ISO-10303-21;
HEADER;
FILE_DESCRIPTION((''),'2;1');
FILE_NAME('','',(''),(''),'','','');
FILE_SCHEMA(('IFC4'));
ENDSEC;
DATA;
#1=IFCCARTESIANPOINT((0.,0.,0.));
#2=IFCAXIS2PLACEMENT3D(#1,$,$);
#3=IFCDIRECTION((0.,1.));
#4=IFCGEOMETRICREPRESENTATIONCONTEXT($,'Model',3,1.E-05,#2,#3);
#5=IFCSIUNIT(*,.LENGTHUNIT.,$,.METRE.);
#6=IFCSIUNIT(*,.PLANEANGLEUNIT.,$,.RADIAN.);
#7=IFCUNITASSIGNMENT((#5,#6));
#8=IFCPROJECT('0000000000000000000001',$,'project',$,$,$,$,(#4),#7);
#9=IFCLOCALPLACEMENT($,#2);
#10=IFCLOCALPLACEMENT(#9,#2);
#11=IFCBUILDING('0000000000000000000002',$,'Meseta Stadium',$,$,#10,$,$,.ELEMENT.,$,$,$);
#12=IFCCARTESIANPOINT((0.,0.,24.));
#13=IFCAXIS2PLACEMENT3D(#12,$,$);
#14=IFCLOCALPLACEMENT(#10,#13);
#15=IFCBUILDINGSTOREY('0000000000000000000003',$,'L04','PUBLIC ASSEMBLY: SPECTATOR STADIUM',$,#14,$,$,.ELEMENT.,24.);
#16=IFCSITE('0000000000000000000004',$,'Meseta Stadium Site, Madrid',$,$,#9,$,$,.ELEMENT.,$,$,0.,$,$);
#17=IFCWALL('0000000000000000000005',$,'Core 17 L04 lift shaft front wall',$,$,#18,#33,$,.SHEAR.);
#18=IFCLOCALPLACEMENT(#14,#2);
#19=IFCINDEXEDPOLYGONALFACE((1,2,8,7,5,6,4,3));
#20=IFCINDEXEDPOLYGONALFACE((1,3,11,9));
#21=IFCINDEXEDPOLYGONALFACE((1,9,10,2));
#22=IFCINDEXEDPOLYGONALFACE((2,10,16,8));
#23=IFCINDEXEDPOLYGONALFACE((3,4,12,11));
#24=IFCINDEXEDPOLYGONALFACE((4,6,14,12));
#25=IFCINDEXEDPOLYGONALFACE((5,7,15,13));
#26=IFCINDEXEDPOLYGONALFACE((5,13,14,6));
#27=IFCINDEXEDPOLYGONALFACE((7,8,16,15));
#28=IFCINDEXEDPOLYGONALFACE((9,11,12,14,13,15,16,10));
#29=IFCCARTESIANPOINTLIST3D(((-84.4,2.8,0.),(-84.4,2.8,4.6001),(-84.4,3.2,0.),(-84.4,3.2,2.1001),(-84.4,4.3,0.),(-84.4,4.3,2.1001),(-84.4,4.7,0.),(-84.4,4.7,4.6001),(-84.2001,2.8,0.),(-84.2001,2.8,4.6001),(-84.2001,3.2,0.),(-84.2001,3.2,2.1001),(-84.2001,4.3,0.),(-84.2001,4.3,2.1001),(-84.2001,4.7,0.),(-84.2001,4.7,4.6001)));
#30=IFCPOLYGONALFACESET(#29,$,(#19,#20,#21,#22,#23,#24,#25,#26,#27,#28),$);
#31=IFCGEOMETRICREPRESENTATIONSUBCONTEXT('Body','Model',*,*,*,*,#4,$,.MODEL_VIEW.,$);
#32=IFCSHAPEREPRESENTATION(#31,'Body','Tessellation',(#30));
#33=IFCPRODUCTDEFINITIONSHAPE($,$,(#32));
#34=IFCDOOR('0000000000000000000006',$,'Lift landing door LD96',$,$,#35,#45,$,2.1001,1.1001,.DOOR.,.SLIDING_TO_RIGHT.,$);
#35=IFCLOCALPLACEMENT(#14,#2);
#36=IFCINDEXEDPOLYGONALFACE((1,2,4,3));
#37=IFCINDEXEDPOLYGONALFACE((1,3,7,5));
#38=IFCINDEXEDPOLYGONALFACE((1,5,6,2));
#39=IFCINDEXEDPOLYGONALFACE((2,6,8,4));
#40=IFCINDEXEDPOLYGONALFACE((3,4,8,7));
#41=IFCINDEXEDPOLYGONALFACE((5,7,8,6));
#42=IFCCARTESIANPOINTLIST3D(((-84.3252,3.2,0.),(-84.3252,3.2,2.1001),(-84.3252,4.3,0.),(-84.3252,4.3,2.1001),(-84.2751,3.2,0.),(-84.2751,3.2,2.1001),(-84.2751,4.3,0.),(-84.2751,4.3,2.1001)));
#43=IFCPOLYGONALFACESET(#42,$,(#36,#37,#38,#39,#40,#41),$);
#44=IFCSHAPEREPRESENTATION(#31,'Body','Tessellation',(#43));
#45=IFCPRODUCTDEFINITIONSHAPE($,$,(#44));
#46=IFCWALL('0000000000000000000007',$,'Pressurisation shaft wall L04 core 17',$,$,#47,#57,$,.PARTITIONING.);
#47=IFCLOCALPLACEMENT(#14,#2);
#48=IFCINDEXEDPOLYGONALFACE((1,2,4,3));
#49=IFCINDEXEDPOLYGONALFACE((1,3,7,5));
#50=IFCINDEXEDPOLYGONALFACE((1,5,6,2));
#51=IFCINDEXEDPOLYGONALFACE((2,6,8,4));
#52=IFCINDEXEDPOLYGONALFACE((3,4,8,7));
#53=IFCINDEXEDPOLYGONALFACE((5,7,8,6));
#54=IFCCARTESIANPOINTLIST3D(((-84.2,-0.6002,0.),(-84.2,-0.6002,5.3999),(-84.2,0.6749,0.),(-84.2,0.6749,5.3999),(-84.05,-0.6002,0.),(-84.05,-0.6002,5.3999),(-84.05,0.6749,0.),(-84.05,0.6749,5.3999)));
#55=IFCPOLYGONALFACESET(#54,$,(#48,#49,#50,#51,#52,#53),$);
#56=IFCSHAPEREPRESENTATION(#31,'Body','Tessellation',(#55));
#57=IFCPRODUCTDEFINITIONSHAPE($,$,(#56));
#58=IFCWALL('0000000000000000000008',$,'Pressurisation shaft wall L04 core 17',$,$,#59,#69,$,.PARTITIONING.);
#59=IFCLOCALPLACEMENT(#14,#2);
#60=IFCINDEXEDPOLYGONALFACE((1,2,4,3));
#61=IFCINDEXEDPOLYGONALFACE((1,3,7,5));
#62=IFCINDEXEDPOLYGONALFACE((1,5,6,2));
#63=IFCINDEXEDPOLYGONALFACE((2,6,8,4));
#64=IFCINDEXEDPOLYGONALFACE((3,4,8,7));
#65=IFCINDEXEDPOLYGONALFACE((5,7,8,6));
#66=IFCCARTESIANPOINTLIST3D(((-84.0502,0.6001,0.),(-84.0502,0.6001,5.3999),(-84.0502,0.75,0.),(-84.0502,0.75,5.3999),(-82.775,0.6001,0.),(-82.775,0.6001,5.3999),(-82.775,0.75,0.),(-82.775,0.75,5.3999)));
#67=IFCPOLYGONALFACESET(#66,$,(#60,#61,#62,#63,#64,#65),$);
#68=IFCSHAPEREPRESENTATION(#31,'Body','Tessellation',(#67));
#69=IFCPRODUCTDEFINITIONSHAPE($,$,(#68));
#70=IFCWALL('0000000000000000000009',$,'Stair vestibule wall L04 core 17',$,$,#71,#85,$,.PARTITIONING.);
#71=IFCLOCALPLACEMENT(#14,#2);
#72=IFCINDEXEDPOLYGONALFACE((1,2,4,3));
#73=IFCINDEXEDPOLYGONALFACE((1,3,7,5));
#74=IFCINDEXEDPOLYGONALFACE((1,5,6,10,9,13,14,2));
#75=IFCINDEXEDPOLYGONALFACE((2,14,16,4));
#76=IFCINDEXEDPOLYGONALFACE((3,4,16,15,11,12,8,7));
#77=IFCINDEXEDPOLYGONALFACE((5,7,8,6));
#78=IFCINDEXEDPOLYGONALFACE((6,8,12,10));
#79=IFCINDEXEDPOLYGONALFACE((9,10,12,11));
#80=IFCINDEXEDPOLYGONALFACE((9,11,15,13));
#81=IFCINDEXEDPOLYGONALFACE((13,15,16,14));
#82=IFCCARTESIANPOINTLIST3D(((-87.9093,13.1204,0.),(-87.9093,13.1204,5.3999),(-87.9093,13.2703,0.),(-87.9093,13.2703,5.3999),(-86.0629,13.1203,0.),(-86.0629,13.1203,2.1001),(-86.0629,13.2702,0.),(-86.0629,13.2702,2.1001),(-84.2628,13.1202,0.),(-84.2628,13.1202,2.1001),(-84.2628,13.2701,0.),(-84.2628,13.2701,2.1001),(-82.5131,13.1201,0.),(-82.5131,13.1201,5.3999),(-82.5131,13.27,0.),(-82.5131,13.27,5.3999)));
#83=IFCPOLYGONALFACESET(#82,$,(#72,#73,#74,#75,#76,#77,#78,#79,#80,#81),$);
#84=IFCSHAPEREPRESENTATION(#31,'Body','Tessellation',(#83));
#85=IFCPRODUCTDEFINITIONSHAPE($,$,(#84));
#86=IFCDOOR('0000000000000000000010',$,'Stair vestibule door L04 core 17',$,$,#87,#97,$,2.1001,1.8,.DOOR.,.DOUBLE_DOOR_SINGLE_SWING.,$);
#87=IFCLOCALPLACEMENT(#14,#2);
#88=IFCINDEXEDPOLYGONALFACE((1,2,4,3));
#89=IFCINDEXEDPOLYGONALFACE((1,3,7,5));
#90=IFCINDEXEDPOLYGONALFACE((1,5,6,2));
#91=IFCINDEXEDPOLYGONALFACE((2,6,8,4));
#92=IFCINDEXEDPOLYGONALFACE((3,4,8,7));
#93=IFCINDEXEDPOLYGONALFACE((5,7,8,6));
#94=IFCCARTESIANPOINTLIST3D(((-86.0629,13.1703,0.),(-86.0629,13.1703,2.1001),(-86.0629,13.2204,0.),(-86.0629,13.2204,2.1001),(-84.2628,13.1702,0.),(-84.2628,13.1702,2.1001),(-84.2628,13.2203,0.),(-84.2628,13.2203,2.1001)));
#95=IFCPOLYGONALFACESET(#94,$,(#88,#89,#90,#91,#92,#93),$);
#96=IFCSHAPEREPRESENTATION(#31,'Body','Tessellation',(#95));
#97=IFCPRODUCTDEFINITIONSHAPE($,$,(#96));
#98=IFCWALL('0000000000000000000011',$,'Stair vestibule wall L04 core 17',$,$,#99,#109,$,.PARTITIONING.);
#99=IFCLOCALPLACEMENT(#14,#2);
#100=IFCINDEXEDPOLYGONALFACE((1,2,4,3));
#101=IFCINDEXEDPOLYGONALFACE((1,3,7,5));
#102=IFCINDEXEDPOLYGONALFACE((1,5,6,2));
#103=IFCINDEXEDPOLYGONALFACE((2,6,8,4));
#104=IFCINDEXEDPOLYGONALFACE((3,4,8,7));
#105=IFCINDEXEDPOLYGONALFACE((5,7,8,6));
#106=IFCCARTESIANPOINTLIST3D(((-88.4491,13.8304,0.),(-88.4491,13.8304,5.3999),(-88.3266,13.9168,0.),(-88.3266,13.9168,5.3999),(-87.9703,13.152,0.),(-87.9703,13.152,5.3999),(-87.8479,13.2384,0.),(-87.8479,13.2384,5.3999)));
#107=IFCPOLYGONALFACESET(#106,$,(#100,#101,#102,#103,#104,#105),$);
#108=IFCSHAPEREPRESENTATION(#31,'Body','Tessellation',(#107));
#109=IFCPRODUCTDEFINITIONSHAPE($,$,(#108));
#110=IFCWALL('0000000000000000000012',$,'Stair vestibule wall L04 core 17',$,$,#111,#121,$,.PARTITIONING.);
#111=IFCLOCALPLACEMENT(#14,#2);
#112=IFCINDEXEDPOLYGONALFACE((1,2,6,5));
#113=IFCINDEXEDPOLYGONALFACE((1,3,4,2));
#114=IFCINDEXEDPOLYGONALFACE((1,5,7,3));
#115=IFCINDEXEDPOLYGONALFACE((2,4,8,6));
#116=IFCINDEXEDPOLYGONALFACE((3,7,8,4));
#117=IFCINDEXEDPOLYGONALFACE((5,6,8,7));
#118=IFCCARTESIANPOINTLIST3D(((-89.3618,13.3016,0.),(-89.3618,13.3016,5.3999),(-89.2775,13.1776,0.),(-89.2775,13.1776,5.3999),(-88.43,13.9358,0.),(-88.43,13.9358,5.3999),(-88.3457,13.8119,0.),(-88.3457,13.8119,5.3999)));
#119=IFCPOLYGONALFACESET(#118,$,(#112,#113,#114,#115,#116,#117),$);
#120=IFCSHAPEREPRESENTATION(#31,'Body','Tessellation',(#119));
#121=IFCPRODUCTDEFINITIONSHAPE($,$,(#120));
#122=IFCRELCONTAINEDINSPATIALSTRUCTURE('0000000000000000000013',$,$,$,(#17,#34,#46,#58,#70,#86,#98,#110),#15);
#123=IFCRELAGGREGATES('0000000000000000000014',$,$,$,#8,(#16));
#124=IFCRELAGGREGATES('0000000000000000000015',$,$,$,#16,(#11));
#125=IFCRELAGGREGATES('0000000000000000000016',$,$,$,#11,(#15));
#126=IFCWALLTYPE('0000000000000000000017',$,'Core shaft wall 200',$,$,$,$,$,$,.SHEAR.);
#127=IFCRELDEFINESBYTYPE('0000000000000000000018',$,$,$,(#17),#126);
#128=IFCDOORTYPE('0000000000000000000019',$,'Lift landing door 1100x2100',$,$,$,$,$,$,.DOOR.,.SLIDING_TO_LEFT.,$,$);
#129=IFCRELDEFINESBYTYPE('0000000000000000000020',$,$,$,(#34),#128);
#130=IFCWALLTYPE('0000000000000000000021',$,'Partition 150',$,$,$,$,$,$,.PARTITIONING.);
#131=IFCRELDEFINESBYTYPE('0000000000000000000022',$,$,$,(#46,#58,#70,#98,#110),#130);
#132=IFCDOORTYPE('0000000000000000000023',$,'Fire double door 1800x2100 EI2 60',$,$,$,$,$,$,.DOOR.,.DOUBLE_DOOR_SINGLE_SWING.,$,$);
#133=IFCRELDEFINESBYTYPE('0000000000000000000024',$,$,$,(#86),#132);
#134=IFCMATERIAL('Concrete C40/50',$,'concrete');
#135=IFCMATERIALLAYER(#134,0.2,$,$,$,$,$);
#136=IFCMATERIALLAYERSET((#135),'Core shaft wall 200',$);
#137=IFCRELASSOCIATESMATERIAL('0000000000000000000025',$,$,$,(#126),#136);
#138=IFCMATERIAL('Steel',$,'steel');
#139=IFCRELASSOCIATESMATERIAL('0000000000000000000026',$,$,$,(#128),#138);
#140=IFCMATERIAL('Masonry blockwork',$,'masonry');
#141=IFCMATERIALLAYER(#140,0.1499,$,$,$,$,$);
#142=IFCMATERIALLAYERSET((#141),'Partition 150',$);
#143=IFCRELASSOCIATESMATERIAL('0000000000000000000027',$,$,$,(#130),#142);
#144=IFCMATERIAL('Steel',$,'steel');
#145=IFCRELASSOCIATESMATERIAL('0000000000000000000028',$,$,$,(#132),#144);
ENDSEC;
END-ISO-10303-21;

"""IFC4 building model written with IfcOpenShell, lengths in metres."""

from ifc_helpers import new_model, si_unit, direction, frame, frame_2d, origin, place, context, subcontext, project, spatial, rectangle, extrude, material, layer, layer_set, type_object, element, fill, save


model = new_model("IFC4")

# Units and contexts
model_context = context("Model", 3, precision=1e-05, world=origin(), true_north=direction((0.0, 1.0)))
body_context = subcontext(model_context, "Body", "Model", "MODEL_VIEW")
ifc_project = project(units=[si_unit("LENGTHUNIT", "METRE"), si_unit("PLANEANGLEUNIT", "RADIAN")], contexts=[model_context])

# Site, building, storey
site_placement = place(None, origin())
site = spatial("IfcSite", under=ifc_project, at=site_placement, Name="Meseta Stadium Site, Madrid", CompositionType="ELEMENT", RefElevation=0.0)
building_placement = place(site_placement, origin())
building = spatial("IfcBuilding", under=site, at=building_placement, Name="Meseta Stadium", CompositionType="ELEMENT")
storey_placement = place(building_placement, frame((0.0, 0.0, 24.0)))
storey = spatial("IfcBuildingStorey", under=building, at=storey_placement, Name="L04", Description="PUBLIC ASSEMBLY: SPECTATOR STADIUM", CompositionType="ELEMENT", Elevation=24.0)

# Shared definitions
ifc_material_1 = material(Name="Concrete C40/50", Category="concrete")
ifc_layer_1 = layer(ifc_material_1, 0.2)
ifc_layer_set_1 = layer_set([ifc_layer_1], Name="Core shaft wall 200")
wall_type_1 = type_object("IfcWallType", Name="Core shaft wall 200", PredefinedType="SHEAR", material=ifc_layer_set_1)

# Wall, opening, door
wall_1_placement = place(storey_placement, frame((-84.3, 4.7, 0.0), z_axis=(0.0, 0.0, 1.0), x_axis=(0.0, -1.0, 0.0)))
wall_1 = element("IfcWall", 1, at=wall_1_placement, inside=storey, type_object=wall_type_1, Name="Core 17 L04 lift shaft front wall", PredefinedType="SHEAR", context=body_context, shape_type="SweptSolid", body=[
    extrude(rectangle(XDim=1.8999, YDim=0.2, at=frame_2d((0.95, 0.0))), origin(), (0.0, 0.0, 1.0), 4.6001),
])
opening_1_placement = place(wall_1_placement, frame((0.3999, 0.0, 0.0)))
opening_1 = element("IfcOpeningElement", 2, at=opening_1_placement, cuts=wall_1, PredefinedType="OPENING", context=body_context, shape_type="SweptSolid", body=[
    extrude(rectangle(XDim=1.1001, YDim=2.1001, at=frame_2d((0.55, 1.05))), frame((0.0, 0.1099, 0.0), z_axis=(0.0, -1.0, 0.0), x_axis=(1.0, 0.0, 0.0)), (0.0, 0.0, 1.0), 0.22),
])
ifc_material_2 = material(Name="Steel", Category="steel")
door_type_1 = type_object("IfcDoorType", Name="Lift landing door 1100x2100", OperationType="SLIDING_TO_LEFT", PredefinedType="DOOR", material=ifc_material_2)
door_1_placement = place(opening_1_placement, origin())
door_1 = element("IfcDoor", 3, at=door_1_placement, inside=storey, type_object=door_type_1, Name="Lift landing door LD96", OperationType="SLIDING_TO_RIGHT", OverallHeight=2.1001, OverallWidth=1.1001, PredefinedType="DOOR", context=body_context, shape_type="SweptSolid", body=[
    extrude(rectangle(XDim=1.1001, YDim=2.1001, at=frame_2d((0.55, 1.05))), frame((0.0, 0.0249, 0.0), z_axis=(0.0, -1.0, 0.0), x_axis=(1.0, 0.0, 0.0)), (0.0, 0.0, 1.0), 0.05),
])
fill(opening_1, door_1)

# Walls
ifc_material_3 = material(Name="Masonry blockwork", Category="masonry")
ifc_layer_2 = layer(ifc_material_3, 0.1499)
ifc_layer_set_2 = layer_set([ifc_layer_2], Name="Partition 150")
wall_type_2 = type_object("IfcWallType", Name="Partition 150", PredefinedType="PARTITIONING", material=ifc_layer_set_2)
for number, where, z_axis, x_axis, name in (
    (4, (-84.125, 0.675, 0.0), (0.0, 0.0, 1.0), (0.0, -1.0, 0.0), "Pressurisation shaft wall L04 core 17"),
    (5, (-82.7749, 0.675, 0.0), (0.0, 0.0, 1.0), (-1.0, 0.0, 0.0), "Pressurisation shaft wall L04 core 17"),
):
    element("IfcWall", number, at=place(storey_placement, frame(where, z_axis=z_axis, x_axis=x_axis)), inside=storey, type_object=wall_type_2, Name=name, PredefinedType="PARTITIONING", context=body_context, shape_type="SweptSolid", body=[
        extrude(rectangle(XDim=1.2751, YDim=0.1499, at=frame_2d((0.6377, 0.0))), origin(), (0.0, 0.0, 1.0), 5.3999),
    ])

# Wall, opening, door
wall_2_placement = place(storey_placement, frame((-82.5129, 13.1951, 0.0), z_axis=(0.0, 0.0, 1.0), x_axis=(-1.0, 0.000045, 0.0)))
wall_2 = element("IfcWall", 6, at=wall_2_placement, inside=storey, type_object=wall_type_2, Name="Stair vestibule wall L04 core 17", PredefinedType="PARTITIONING", context=body_context, shape_type="SweptSolid", body=[
    extrude(rectangle(XDim=5.3962, YDim=0.1499, at=frame_2d((2.6982, 0.0))), origin(), (0.0, 0.0, 1.0), 5.3999),
])
opening_2_placement = place(wall_2_placement, frame((1.75, 0.0, 0.0)))
opening_2 = element("IfcOpeningElement", 7, at=opening_2_placement, cuts=wall_2, PredefinedType="OPENING", context=body_context, shape_type="SweptSolid", body=[
    extrude(rectangle(XDim=1.8, YDim=2.1001, at=frame_2d((0.8999, 1.05))), frame((0.0, 0.085, 0.0), z_axis=(0.0, -1.0, 0.0), x_axis=(1.0, 0.0, 0.0)), (0.0, 0.0, 1.0), 0.1699),
])
ifc_material_4 = material(Name="Steel", Category="steel")
door_type_2 = type_object("IfcDoorType", Name="Fire double door 1800x2100 EI2 60", OperationType="DOUBLE_DOOR_SINGLE_SWING", PredefinedType="DOOR", material=ifc_material_4)
door_2_placement = place(opening_2_placement, origin())
door_2 = element("IfcDoor", 8, at=door_2_placement, inside=storey, type_object=door_type_2, Name="Stair vestibule door L04 core 17", OperationType="DOUBLE_DOOR_SINGLE_SWING", OverallHeight=2.1001, OverallWidth=1.8, PredefinedType="DOOR", context=body_context, shape_type="SweptSolid", body=[
    extrude(rectangle(XDim=1.8, YDim=2.1001, at=frame_2d((0.8999, 1.05))), frame((0.0, 0.0249, 0.0), z_axis=(0.0, -1.0, 0.0), x_axis=(1.0, 0.0, 0.0)), (0.0, 0.0, 1.0), 0.05),
])
fill(opening_2, door_2)

# Walls
wall_3_placement = place(storey_placement, frame((-87.9092, 13.1953, 0.0), z_axis=(0.0, 0.0, 1.0), x_axis=(-0.576556, 0.817057, 0.0)))
element("IfcWall", 9, at=wall_3_placement, inside=storey, type_object=wall_type_2, Name="Stair vestibule wall L04 core 17", PredefinedType="PARTITIONING", context=body_context, shape_type="SweptSolid", body=[
    extrude(rectangle(XDim=0.8303, YDim=0.1499, at=frame_2d((0.415, 0.0))), origin(), (0.0, 0.0, 1.0), 5.3999),
])
wall_4_placement = place(storey_placement, frame((-88.3879, 13.8738, 0.0), z_axis=(0.0, 0.0, 1.0), x_axis=(-0.826681, -0.562671, 0.0)))
element("IfcWall", 10, at=wall_4_placement, inside=storey, type_object=wall_type_2, Name="Stair vestibule wall L04 core 17", PredefinedType="PARTITIONING", context=body_context, shape_type="SweptSolid", body=[
    extrude(rectangle(XDim=1.1272, YDim=0.1499, at=frame_2d((0.5635, 0.0))), origin(), (0.0, 0.0, 1.0), 5.3999),
])

save(model, "model.ifc")
